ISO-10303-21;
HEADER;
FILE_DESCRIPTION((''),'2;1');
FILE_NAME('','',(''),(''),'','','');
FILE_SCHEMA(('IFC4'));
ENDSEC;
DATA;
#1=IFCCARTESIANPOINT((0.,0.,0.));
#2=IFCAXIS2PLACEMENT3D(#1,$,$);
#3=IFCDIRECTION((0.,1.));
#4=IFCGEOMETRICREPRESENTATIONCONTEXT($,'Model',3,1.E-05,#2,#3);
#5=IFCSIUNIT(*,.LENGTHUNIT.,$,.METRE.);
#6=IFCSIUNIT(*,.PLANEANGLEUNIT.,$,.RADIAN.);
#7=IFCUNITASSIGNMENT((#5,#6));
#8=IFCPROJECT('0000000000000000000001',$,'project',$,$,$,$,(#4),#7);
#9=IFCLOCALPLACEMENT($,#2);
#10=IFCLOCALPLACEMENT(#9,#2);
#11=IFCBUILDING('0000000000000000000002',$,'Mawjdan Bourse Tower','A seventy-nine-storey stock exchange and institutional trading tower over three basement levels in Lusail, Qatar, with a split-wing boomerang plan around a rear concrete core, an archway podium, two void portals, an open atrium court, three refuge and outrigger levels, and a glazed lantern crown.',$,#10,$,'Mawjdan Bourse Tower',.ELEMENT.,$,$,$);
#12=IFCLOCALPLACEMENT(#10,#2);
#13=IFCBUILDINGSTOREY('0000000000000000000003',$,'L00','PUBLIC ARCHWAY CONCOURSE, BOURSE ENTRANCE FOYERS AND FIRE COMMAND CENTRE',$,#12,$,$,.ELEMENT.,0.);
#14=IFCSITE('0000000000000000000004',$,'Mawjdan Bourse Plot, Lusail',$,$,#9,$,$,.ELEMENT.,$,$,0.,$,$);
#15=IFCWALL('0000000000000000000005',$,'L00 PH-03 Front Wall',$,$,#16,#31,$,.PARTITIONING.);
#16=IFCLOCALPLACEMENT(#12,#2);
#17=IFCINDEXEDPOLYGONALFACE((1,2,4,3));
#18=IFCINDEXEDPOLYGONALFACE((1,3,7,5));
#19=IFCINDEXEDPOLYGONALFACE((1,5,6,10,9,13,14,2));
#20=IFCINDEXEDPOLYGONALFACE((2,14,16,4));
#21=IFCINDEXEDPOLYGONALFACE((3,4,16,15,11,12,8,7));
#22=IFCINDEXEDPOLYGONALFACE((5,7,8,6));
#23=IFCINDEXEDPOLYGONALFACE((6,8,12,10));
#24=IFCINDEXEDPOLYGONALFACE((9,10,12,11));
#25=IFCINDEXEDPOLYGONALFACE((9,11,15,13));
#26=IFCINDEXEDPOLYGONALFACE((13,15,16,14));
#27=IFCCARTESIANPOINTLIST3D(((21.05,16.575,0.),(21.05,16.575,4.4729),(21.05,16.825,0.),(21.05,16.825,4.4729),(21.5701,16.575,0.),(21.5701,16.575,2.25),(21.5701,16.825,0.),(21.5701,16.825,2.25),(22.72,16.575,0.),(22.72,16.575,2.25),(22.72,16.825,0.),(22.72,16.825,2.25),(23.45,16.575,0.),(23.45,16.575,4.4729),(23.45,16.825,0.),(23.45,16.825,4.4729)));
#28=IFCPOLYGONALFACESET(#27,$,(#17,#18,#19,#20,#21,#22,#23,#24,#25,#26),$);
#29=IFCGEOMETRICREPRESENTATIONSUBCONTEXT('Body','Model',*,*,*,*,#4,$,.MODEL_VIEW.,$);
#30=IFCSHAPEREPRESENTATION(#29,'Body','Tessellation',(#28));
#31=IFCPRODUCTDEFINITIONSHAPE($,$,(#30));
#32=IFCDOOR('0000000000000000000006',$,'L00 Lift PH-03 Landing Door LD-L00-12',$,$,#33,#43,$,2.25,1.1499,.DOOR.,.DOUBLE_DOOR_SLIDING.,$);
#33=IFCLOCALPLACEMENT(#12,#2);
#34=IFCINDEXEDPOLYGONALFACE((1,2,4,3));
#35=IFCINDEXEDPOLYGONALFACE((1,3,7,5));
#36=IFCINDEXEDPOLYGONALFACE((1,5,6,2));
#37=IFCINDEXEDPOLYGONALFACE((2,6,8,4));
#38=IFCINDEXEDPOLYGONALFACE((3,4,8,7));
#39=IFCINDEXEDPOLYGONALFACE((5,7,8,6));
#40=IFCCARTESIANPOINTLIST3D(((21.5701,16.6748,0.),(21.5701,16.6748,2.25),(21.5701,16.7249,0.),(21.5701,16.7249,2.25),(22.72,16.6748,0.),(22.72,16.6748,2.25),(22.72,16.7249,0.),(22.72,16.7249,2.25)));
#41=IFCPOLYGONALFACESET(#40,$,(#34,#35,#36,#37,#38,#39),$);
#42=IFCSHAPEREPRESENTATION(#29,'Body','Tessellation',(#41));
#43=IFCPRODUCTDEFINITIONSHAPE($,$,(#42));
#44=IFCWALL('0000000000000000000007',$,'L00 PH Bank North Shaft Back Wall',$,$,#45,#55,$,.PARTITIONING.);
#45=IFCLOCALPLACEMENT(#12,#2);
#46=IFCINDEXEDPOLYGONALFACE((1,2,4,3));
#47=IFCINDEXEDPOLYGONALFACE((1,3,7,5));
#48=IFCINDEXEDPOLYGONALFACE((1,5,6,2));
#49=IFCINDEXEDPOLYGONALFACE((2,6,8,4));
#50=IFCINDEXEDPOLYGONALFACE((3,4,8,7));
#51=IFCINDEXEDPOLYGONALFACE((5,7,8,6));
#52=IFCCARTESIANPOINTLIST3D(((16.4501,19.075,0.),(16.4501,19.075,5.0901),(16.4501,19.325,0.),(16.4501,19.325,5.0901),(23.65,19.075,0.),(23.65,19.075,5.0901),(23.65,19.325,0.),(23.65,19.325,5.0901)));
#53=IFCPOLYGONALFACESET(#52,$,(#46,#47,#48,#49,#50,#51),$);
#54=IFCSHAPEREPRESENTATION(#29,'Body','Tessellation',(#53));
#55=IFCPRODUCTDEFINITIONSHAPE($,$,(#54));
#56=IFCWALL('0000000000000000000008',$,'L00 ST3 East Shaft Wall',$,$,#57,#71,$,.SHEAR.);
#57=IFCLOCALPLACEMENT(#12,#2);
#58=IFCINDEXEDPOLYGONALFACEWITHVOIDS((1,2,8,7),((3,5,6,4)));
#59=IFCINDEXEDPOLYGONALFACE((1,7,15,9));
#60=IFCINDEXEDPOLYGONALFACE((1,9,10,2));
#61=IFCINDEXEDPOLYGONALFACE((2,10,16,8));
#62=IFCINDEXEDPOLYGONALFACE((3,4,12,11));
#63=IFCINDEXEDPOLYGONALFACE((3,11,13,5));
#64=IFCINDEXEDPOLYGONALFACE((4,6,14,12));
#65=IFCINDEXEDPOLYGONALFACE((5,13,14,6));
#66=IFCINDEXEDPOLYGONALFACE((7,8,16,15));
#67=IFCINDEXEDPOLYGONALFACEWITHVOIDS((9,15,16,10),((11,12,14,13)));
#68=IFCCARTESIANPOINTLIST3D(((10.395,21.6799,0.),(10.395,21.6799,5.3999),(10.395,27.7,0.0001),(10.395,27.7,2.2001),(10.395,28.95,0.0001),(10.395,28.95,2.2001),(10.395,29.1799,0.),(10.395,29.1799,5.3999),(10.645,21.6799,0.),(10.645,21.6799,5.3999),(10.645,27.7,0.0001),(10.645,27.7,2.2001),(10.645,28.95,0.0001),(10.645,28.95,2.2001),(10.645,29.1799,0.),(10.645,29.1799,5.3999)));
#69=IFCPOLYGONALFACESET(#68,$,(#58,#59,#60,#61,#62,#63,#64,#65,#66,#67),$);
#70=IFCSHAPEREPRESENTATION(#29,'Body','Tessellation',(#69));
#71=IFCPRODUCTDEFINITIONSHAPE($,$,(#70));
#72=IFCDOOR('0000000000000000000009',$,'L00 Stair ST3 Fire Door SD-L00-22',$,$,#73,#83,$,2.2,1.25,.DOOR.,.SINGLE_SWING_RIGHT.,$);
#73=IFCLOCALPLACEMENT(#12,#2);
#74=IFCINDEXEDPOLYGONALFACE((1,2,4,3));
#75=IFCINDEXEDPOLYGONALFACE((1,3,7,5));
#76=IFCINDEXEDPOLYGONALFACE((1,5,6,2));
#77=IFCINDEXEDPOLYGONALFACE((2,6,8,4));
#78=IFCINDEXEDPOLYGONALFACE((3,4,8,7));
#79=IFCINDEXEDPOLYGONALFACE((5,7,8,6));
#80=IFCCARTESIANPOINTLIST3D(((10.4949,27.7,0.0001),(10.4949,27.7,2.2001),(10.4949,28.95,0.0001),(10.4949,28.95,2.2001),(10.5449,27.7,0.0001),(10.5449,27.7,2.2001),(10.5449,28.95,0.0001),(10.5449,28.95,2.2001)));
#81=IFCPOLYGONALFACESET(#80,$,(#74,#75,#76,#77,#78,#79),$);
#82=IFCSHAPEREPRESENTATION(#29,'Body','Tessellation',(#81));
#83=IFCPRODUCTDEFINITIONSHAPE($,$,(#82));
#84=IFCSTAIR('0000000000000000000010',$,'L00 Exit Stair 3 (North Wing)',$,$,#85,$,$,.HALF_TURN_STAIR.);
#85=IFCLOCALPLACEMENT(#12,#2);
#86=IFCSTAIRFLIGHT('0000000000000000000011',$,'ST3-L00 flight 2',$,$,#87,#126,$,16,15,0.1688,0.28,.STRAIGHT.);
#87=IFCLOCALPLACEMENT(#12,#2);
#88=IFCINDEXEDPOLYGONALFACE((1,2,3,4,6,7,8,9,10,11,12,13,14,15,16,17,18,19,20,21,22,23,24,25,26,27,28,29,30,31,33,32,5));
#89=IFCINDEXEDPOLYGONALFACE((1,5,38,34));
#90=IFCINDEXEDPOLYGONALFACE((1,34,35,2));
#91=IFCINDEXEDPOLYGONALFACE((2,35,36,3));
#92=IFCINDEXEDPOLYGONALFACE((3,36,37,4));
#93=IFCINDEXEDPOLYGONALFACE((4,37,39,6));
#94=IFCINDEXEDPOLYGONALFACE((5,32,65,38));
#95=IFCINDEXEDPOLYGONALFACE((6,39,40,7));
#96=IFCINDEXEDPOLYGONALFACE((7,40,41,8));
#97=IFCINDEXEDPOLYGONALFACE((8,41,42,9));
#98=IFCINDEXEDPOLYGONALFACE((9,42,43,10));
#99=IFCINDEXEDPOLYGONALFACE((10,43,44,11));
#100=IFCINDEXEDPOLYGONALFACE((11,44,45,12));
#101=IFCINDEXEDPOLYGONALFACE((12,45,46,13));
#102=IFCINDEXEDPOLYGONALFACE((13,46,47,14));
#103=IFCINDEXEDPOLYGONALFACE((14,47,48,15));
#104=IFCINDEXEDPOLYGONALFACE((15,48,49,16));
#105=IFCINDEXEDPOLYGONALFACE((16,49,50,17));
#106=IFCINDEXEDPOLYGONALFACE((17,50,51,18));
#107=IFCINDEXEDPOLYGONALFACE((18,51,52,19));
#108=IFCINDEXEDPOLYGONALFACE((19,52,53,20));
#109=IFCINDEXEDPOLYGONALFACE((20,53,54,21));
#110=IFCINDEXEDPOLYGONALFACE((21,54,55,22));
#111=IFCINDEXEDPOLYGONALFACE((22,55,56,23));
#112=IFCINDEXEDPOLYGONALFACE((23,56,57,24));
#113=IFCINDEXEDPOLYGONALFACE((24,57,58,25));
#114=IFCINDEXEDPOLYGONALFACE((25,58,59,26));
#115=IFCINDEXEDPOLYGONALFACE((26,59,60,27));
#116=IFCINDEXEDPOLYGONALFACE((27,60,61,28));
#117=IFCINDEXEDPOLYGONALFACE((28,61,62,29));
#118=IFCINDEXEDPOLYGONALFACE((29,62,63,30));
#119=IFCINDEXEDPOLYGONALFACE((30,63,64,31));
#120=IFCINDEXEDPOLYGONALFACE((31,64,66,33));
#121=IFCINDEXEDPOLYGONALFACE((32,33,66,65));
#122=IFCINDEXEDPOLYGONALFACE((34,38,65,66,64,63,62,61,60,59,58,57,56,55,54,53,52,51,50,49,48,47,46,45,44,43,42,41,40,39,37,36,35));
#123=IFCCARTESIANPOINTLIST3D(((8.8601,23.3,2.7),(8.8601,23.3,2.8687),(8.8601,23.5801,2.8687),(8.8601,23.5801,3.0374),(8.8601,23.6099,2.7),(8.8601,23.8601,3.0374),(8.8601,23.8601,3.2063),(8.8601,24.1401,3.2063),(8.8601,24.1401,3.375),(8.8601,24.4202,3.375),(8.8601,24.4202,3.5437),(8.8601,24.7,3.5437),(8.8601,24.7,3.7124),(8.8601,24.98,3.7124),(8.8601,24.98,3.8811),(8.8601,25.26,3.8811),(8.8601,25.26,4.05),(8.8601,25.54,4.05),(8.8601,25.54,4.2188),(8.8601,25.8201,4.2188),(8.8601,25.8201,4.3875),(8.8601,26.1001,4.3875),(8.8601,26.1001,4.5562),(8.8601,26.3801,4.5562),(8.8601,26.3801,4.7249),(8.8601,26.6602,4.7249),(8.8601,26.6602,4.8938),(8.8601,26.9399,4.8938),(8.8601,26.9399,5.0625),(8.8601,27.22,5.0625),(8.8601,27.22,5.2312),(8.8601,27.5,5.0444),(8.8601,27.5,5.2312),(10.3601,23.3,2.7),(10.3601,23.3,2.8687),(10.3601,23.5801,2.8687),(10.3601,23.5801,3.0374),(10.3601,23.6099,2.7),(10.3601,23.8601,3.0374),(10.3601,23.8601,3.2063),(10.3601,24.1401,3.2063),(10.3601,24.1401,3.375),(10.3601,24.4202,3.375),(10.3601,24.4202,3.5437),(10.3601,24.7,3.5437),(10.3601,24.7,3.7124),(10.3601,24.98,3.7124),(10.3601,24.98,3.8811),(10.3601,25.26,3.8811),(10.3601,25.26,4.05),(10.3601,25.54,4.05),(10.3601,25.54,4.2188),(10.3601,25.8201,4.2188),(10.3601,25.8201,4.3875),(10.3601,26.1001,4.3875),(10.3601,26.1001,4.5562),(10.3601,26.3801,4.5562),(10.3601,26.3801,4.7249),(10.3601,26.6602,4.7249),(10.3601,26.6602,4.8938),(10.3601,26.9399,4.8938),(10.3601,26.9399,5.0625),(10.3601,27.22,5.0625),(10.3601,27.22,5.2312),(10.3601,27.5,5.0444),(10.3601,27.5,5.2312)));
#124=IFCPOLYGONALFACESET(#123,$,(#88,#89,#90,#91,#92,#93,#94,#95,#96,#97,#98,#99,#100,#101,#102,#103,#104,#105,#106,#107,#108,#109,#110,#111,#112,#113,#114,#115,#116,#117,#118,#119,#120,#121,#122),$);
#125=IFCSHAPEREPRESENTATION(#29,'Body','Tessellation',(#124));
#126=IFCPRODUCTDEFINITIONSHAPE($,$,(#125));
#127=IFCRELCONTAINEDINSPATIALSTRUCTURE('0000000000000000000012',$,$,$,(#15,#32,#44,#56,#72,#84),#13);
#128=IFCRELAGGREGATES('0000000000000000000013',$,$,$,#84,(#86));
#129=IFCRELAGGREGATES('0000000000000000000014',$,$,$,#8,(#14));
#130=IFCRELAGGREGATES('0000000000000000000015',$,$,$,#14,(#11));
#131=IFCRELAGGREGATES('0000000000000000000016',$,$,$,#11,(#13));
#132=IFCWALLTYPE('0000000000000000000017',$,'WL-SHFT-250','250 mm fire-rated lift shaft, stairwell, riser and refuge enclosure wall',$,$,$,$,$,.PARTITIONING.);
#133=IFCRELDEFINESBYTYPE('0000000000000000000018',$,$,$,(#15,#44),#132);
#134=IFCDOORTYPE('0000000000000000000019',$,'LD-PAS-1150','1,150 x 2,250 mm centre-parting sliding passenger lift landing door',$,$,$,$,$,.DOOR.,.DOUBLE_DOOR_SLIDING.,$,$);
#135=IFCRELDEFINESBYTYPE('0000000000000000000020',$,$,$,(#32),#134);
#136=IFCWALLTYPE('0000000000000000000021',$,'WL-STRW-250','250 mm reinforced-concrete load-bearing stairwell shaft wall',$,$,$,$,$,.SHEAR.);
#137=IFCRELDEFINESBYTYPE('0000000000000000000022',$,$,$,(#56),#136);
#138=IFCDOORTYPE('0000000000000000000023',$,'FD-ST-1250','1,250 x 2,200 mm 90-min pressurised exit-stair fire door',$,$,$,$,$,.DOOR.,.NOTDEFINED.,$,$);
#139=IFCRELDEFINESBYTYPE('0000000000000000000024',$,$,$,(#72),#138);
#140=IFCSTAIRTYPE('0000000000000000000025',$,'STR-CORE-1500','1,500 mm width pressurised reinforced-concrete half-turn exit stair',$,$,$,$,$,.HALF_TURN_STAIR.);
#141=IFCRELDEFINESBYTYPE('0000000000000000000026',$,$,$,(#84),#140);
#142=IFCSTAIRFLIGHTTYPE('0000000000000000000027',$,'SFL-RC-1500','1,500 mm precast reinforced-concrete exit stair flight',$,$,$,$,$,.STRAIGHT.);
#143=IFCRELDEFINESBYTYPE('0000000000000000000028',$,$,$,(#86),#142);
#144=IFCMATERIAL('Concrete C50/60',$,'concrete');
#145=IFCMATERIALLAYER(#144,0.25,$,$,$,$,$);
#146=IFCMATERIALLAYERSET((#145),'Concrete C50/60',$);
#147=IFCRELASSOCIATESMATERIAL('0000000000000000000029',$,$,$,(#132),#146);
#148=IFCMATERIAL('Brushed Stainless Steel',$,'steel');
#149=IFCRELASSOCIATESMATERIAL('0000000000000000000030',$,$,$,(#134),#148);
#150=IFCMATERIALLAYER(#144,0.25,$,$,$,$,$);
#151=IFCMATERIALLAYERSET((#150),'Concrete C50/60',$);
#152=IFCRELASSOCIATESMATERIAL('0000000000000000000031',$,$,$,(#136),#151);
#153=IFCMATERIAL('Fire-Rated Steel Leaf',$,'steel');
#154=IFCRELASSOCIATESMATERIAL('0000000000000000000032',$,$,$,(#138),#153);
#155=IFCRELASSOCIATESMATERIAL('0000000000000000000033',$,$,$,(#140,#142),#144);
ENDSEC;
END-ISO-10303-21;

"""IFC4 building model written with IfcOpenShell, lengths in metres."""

from ifc_helpers import new_model, si_unit, direction, frame, frame_2d, origin, place, context, subcontext, project, spatial, polyline, rectangle, outline, extrude, material, layer, layer_set, type_object, element, fill, aggregate, save


model = new_model("IFC4")

# Units and contexts
model_context = context("Model", 3, precision=1e-05, world=origin(), true_north=direction((0.0, 1.0)))
body_context = subcontext(model_context, "Body", "Model", "MODEL_VIEW")
ifc_project = project(units=[si_unit("LENGTHUNIT", "METRE"), si_unit("PLANEANGLEUNIT", "RADIAN")], contexts=[model_context])

# Site, building, storey
site_placement = place(None, origin())
site = spatial("IfcSite", under=ifc_project, at=site_placement, Name="Mawjdan Bourse Plot, Lusail", CompositionType="ELEMENT", RefElevation=0.0)
building_placement = place(site_placement, origin())
building = spatial("IfcBuilding", under=site, at=building_placement, Name="Mawjdan Bourse Tower", Description="A seventy-nine-storey stock exchange and institutional trading tower over three basement levels in Lusail, Qatar, with a split-wing boomerang plan around a rear concrete core, an archway podium, two void portals, an open atrium court, three refuge and outrigger levels, and a glazed lantern crown.", LongName="Mawjdan Bourse Tower", CompositionType="ELEMENT")
storey_placement = place(building_placement, origin())
storey = spatial("IfcBuildingStorey", under=building, at=storey_placement, Name="L00", Description="PUBLIC ARCHWAY CONCOURSE, BOURSE ENTRANCE FOYERS AND FIRE COMMAND CENTRE", CompositionType="ELEMENT", Elevation=0.0)

# Shared definitions
ifc_material_1 = material(Name="Concrete C50/60", Category="concrete")
ifc_layer_1 = layer(ifc_material_1, 0.25)
ifc_layer_set_1 = layer_set([ifc_layer_1], Name="Concrete C50/60")
wall_type_1 = type_object("IfcWallType", Name="WL-SHFT-250", Description="250 mm fire-rated lift shaft, stairwell, riser and refuge enclosure wall", PredefinedType="PARTITIONING", material=ifc_layer_set_1)

# Shared definitions
ifc_material_2 = material(Name="Brushed Stainless Steel", Category="steel")
door_type_1 = type_object("IfcDoorType", Name="LD-PAS-1150", Description="1,150 x 2,250 mm centre-parting sliding passenger lift landing door", OperationType="DOUBLE_DOOR_SLIDING", PredefinedType="DOOR", material=ifc_material_2)

# Wall, opening, door
wall_1_placement = place(storey_placement, frame((21.05, 16.7, 0.0), z_axis=(0.0, 0.0, 1.0), x_axis=(1.0, 0.0, 0.0)))
wall_1 = element("IfcWall", 1, at=wall_1_placement, inside=storey, type_object=wall_type_1, Name="L00 PH-03 Front Wall", PredefinedType="PARTITIONING", context=body_context, shape_type="SweptSolid", body=[
    extrude(rectangle(XDim=2.3999, YDim=0.25, at=frame_2d((1.2, 0.0))), origin(), (0.0, 0.0, 1.0), 4.4729),
])
opening_1_placement = place(wall_1_placement, frame((0.52, 0.0, 0.0)))
opening_1 = element("IfcOpeningElement", 2, at=opening_1_placement, cuts=wall_1, PredefinedType="OPENING", context=body_context, shape_type="SweptSolid", body=[
    extrude(rectangle(XDim=1.1499, YDim=2.25, at=frame_2d((0.575, 1.125))), frame((0.0, 0.135, 0.0), z_axis=(0.0, -1.0, 0.0), x_axis=(1.0, 0.0, 0.0)), (0.0, 0.0, 1.0), 0.27),
])
door_1_placement = place(opening_1_placement, origin())
door_1 = element("IfcDoor", 3, at=door_1_placement, inside=storey, type_object=door_type_1, Name="L00 Lift PH-03 Landing Door LD-L00-12", OperationType="DOUBLE_DOOR_SLIDING", OverallHeight=2.25, OverallWidth=1.1499, PredefinedType="DOOR", context=body_context, shape_type="SweptSolid", body=[
    extrude(rectangle(XDim=1.1499, YDim=2.25, at=frame_2d((0.575, 1.125))), frame((0.0, 0.0249, 0.0), z_axis=(0.0, -1.0, 0.0), x_axis=(1.0, 0.0, 0.0)), (0.0, 0.0, 1.0), 0.05),
])
fill(opening_1, door_1)

# Wall
wall_2_placement = place(storey_placement, frame((16.45, 19.2, 0.0), z_axis=(0.0, 0.0, 1.0), x_axis=(1.0, 0.0, 0.0)))
element("IfcWall", 4, at=wall_2_placement, inside=storey, type_object=wall_type_1, Name="L00 PH Bank North Shaft Back Wall", PredefinedType="PARTITIONING", context=body_context, shape_type="SweptSolid", body=[
    extrude(rectangle(XDim=7.2, YDim=0.25, at=frame_2d((3.6001, 0.0))), origin(), (0.0, 0.0, 1.0), 5.0901),
])

# Wall, opening, door
ifc_layer_2 = layer(ifc_material_1, 0.25)
ifc_layer_set_2 = layer_set([ifc_layer_2], Name="Concrete C50/60")
wall_type_2 = type_object("IfcWallType", Name="WL-STRW-250", Description="250 mm reinforced-concrete load-bearing stairwell shaft wall", PredefinedType="SHEAR", material=ifc_layer_set_2)
wall_3_placement = place(storey_placement, frame((10.52, 21.6799, 0.0), z_axis=(0.0, 0.0, 1.0), x_axis=(0.0, 1.0, 0.0)))
wall_3 = element("IfcWall", 5, at=wall_3_placement, inside=storey, type_object=wall_type_2, Name="L00 ST3 East Shaft Wall", PredefinedType="SHEAR", context=body_context, shape_type="SweptSolid", body=[
    extrude(rectangle(XDim=7.5, YDim=0.25, at=frame_2d((3.75, 0.0))), origin(), (0.0, 0.0, 1.0), 5.3999),
])
opening_2_placement = place(wall_3_placement, frame((6.02, 0.0, 0.0)))
opening_2 = element("IfcOpeningElement", 6, at=opening_2_placement, cuts=wall_3, PredefinedType="OPENING", context=body_context, shape_type="SweptSolid", body=[
    extrude(rectangle(XDim=1.25, YDim=2.2, at=frame_2d((0.625, 1.1001))), frame((0.0, 0.135, 0.0), z_axis=(0.0, -1.0, 0.0), x_axis=(1.0, 0.0, 0.0)), (0.0, 0.0, 1.0), 0.27),
])
ifc_material_3 = material(Name="Fire-Rated Steel Leaf", Category="steel")
door_type_2 = type_object("IfcDoorType", Name="FD-ST-1250", Description="1,250 x 2,200 mm 90-min pressurised exit-stair fire door", OperationType="NOTDEFINED", PredefinedType="DOOR", material=ifc_material_3)
door_2_placement = place(opening_2_placement, frame((1.25, 0.0, 0.0), z_axis=(0.0, 0.0, 1.0), x_axis=(-1.0, 0.0, 0.0)))
door_2 = element("IfcDoor", 7, at=door_2_placement, inside=storey, type_object=door_type_2, Name="L00 Stair ST3 Fire Door SD-L00-22", OperationType="SINGLE_SWING_RIGHT", OverallHeight=2.2, OverallWidth=1.25, PredefinedType="DOOR", context=body_context, shape_type="SweptSolid", body=[
    extrude(rectangle(XDim=1.25, YDim=2.2, at=frame_2d((0.625, 1.1001))), frame((0.0, 0.0249, 0.0), z_axis=(0.0, -1.0, 0.0), x_axis=(1.0, 0.0, 0.0)), (0.0, 0.0, 1.0), 0.05),
])
fill(opening_2, door_2)

# Stair, stair flight
stair_type = type_object("IfcStairType", Name="STR-CORE-1500", Description="1,500 mm width pressurised reinforced-concrete half-turn exit stair", PredefinedType="HALF_TURN_STAIR", material=ifc_material_1)
stair_placement = place(storey_placement, origin())
stair = element("IfcStair", 8, at=stair_placement, inside=storey, type_object=stair_type, Name="L00 Exit Stair 3 (North Wing)", PredefinedType="HALF_TURN_STAIR")
stair_flight_type = type_object("IfcStairFlightType", Name="SFL-RC-1500", Description="1,500 mm precast reinforced-concrete exit stair flight", PredefinedType="STRAIGHT", material=ifc_material_1)
stair_flight_placement = place(storey_placement, frame((9.6101, 23.3, 2.7), z_axis=(0.0, 0.0, 1.0), x_axis=(0.0, 1.0, 0.0)))
stair_flight = element("IfcStairFlight", 9, at=stair_flight_placement, type_object=stair_flight_type, Name="ST3-L00 flight 2", NumberOfRisers=16, NumberOfTreads=15, PredefinedType="STRAIGHT", RiserHeight=0.1688, TreadLength=0.28, context=body_context, shape_type="SweptSolid", body=[
    extrude(outline(polyline([(0.0, 0.0), (0.0, 0.1687), (0.28, 0.1687), (0.28, 0.3374), (0.5601, 0.3374), (0.5601, 0.5063), (0.8401, 0.5063), (0.8401, 0.675), (1.1201, 0.675), (1.1201, 0.8438), (1.3999, 0.8438), (1.3999, 1.0125), (1.6799, 1.0125), (1.6799, 1.1812), (1.96, 1.1812), (1.96, 1.3501), (2.24, 1.3501), (2.24, 1.5188), (2.52, 1.5188), (2.52, 1.6875), (2.8, 1.6875), (2.8, 1.8562), (3.0801, 1.8562), (3.0801, 2.0249), (3.3601, 2.0249), (3.3601, 2.1938), (3.6399, 2.1938), (3.6399, 2.3625), (3.9199, 2.3625), (3.9199, 2.5312), (4.2, 2.5312), (4.2, 2.7), (4.2, 2.3445), (0.3098, 0.0), (0.0, 0.0)])), frame((0.0, 0.75, 0.0), z_axis=(0.0, -1.0, 0.0), x_axis=(1.0, 0.0, 0.0)), (0.0, 0.0, 1.0), 1.5),
])
aggregate(stair, [stair_flight])

save(model, "model.ifc")
